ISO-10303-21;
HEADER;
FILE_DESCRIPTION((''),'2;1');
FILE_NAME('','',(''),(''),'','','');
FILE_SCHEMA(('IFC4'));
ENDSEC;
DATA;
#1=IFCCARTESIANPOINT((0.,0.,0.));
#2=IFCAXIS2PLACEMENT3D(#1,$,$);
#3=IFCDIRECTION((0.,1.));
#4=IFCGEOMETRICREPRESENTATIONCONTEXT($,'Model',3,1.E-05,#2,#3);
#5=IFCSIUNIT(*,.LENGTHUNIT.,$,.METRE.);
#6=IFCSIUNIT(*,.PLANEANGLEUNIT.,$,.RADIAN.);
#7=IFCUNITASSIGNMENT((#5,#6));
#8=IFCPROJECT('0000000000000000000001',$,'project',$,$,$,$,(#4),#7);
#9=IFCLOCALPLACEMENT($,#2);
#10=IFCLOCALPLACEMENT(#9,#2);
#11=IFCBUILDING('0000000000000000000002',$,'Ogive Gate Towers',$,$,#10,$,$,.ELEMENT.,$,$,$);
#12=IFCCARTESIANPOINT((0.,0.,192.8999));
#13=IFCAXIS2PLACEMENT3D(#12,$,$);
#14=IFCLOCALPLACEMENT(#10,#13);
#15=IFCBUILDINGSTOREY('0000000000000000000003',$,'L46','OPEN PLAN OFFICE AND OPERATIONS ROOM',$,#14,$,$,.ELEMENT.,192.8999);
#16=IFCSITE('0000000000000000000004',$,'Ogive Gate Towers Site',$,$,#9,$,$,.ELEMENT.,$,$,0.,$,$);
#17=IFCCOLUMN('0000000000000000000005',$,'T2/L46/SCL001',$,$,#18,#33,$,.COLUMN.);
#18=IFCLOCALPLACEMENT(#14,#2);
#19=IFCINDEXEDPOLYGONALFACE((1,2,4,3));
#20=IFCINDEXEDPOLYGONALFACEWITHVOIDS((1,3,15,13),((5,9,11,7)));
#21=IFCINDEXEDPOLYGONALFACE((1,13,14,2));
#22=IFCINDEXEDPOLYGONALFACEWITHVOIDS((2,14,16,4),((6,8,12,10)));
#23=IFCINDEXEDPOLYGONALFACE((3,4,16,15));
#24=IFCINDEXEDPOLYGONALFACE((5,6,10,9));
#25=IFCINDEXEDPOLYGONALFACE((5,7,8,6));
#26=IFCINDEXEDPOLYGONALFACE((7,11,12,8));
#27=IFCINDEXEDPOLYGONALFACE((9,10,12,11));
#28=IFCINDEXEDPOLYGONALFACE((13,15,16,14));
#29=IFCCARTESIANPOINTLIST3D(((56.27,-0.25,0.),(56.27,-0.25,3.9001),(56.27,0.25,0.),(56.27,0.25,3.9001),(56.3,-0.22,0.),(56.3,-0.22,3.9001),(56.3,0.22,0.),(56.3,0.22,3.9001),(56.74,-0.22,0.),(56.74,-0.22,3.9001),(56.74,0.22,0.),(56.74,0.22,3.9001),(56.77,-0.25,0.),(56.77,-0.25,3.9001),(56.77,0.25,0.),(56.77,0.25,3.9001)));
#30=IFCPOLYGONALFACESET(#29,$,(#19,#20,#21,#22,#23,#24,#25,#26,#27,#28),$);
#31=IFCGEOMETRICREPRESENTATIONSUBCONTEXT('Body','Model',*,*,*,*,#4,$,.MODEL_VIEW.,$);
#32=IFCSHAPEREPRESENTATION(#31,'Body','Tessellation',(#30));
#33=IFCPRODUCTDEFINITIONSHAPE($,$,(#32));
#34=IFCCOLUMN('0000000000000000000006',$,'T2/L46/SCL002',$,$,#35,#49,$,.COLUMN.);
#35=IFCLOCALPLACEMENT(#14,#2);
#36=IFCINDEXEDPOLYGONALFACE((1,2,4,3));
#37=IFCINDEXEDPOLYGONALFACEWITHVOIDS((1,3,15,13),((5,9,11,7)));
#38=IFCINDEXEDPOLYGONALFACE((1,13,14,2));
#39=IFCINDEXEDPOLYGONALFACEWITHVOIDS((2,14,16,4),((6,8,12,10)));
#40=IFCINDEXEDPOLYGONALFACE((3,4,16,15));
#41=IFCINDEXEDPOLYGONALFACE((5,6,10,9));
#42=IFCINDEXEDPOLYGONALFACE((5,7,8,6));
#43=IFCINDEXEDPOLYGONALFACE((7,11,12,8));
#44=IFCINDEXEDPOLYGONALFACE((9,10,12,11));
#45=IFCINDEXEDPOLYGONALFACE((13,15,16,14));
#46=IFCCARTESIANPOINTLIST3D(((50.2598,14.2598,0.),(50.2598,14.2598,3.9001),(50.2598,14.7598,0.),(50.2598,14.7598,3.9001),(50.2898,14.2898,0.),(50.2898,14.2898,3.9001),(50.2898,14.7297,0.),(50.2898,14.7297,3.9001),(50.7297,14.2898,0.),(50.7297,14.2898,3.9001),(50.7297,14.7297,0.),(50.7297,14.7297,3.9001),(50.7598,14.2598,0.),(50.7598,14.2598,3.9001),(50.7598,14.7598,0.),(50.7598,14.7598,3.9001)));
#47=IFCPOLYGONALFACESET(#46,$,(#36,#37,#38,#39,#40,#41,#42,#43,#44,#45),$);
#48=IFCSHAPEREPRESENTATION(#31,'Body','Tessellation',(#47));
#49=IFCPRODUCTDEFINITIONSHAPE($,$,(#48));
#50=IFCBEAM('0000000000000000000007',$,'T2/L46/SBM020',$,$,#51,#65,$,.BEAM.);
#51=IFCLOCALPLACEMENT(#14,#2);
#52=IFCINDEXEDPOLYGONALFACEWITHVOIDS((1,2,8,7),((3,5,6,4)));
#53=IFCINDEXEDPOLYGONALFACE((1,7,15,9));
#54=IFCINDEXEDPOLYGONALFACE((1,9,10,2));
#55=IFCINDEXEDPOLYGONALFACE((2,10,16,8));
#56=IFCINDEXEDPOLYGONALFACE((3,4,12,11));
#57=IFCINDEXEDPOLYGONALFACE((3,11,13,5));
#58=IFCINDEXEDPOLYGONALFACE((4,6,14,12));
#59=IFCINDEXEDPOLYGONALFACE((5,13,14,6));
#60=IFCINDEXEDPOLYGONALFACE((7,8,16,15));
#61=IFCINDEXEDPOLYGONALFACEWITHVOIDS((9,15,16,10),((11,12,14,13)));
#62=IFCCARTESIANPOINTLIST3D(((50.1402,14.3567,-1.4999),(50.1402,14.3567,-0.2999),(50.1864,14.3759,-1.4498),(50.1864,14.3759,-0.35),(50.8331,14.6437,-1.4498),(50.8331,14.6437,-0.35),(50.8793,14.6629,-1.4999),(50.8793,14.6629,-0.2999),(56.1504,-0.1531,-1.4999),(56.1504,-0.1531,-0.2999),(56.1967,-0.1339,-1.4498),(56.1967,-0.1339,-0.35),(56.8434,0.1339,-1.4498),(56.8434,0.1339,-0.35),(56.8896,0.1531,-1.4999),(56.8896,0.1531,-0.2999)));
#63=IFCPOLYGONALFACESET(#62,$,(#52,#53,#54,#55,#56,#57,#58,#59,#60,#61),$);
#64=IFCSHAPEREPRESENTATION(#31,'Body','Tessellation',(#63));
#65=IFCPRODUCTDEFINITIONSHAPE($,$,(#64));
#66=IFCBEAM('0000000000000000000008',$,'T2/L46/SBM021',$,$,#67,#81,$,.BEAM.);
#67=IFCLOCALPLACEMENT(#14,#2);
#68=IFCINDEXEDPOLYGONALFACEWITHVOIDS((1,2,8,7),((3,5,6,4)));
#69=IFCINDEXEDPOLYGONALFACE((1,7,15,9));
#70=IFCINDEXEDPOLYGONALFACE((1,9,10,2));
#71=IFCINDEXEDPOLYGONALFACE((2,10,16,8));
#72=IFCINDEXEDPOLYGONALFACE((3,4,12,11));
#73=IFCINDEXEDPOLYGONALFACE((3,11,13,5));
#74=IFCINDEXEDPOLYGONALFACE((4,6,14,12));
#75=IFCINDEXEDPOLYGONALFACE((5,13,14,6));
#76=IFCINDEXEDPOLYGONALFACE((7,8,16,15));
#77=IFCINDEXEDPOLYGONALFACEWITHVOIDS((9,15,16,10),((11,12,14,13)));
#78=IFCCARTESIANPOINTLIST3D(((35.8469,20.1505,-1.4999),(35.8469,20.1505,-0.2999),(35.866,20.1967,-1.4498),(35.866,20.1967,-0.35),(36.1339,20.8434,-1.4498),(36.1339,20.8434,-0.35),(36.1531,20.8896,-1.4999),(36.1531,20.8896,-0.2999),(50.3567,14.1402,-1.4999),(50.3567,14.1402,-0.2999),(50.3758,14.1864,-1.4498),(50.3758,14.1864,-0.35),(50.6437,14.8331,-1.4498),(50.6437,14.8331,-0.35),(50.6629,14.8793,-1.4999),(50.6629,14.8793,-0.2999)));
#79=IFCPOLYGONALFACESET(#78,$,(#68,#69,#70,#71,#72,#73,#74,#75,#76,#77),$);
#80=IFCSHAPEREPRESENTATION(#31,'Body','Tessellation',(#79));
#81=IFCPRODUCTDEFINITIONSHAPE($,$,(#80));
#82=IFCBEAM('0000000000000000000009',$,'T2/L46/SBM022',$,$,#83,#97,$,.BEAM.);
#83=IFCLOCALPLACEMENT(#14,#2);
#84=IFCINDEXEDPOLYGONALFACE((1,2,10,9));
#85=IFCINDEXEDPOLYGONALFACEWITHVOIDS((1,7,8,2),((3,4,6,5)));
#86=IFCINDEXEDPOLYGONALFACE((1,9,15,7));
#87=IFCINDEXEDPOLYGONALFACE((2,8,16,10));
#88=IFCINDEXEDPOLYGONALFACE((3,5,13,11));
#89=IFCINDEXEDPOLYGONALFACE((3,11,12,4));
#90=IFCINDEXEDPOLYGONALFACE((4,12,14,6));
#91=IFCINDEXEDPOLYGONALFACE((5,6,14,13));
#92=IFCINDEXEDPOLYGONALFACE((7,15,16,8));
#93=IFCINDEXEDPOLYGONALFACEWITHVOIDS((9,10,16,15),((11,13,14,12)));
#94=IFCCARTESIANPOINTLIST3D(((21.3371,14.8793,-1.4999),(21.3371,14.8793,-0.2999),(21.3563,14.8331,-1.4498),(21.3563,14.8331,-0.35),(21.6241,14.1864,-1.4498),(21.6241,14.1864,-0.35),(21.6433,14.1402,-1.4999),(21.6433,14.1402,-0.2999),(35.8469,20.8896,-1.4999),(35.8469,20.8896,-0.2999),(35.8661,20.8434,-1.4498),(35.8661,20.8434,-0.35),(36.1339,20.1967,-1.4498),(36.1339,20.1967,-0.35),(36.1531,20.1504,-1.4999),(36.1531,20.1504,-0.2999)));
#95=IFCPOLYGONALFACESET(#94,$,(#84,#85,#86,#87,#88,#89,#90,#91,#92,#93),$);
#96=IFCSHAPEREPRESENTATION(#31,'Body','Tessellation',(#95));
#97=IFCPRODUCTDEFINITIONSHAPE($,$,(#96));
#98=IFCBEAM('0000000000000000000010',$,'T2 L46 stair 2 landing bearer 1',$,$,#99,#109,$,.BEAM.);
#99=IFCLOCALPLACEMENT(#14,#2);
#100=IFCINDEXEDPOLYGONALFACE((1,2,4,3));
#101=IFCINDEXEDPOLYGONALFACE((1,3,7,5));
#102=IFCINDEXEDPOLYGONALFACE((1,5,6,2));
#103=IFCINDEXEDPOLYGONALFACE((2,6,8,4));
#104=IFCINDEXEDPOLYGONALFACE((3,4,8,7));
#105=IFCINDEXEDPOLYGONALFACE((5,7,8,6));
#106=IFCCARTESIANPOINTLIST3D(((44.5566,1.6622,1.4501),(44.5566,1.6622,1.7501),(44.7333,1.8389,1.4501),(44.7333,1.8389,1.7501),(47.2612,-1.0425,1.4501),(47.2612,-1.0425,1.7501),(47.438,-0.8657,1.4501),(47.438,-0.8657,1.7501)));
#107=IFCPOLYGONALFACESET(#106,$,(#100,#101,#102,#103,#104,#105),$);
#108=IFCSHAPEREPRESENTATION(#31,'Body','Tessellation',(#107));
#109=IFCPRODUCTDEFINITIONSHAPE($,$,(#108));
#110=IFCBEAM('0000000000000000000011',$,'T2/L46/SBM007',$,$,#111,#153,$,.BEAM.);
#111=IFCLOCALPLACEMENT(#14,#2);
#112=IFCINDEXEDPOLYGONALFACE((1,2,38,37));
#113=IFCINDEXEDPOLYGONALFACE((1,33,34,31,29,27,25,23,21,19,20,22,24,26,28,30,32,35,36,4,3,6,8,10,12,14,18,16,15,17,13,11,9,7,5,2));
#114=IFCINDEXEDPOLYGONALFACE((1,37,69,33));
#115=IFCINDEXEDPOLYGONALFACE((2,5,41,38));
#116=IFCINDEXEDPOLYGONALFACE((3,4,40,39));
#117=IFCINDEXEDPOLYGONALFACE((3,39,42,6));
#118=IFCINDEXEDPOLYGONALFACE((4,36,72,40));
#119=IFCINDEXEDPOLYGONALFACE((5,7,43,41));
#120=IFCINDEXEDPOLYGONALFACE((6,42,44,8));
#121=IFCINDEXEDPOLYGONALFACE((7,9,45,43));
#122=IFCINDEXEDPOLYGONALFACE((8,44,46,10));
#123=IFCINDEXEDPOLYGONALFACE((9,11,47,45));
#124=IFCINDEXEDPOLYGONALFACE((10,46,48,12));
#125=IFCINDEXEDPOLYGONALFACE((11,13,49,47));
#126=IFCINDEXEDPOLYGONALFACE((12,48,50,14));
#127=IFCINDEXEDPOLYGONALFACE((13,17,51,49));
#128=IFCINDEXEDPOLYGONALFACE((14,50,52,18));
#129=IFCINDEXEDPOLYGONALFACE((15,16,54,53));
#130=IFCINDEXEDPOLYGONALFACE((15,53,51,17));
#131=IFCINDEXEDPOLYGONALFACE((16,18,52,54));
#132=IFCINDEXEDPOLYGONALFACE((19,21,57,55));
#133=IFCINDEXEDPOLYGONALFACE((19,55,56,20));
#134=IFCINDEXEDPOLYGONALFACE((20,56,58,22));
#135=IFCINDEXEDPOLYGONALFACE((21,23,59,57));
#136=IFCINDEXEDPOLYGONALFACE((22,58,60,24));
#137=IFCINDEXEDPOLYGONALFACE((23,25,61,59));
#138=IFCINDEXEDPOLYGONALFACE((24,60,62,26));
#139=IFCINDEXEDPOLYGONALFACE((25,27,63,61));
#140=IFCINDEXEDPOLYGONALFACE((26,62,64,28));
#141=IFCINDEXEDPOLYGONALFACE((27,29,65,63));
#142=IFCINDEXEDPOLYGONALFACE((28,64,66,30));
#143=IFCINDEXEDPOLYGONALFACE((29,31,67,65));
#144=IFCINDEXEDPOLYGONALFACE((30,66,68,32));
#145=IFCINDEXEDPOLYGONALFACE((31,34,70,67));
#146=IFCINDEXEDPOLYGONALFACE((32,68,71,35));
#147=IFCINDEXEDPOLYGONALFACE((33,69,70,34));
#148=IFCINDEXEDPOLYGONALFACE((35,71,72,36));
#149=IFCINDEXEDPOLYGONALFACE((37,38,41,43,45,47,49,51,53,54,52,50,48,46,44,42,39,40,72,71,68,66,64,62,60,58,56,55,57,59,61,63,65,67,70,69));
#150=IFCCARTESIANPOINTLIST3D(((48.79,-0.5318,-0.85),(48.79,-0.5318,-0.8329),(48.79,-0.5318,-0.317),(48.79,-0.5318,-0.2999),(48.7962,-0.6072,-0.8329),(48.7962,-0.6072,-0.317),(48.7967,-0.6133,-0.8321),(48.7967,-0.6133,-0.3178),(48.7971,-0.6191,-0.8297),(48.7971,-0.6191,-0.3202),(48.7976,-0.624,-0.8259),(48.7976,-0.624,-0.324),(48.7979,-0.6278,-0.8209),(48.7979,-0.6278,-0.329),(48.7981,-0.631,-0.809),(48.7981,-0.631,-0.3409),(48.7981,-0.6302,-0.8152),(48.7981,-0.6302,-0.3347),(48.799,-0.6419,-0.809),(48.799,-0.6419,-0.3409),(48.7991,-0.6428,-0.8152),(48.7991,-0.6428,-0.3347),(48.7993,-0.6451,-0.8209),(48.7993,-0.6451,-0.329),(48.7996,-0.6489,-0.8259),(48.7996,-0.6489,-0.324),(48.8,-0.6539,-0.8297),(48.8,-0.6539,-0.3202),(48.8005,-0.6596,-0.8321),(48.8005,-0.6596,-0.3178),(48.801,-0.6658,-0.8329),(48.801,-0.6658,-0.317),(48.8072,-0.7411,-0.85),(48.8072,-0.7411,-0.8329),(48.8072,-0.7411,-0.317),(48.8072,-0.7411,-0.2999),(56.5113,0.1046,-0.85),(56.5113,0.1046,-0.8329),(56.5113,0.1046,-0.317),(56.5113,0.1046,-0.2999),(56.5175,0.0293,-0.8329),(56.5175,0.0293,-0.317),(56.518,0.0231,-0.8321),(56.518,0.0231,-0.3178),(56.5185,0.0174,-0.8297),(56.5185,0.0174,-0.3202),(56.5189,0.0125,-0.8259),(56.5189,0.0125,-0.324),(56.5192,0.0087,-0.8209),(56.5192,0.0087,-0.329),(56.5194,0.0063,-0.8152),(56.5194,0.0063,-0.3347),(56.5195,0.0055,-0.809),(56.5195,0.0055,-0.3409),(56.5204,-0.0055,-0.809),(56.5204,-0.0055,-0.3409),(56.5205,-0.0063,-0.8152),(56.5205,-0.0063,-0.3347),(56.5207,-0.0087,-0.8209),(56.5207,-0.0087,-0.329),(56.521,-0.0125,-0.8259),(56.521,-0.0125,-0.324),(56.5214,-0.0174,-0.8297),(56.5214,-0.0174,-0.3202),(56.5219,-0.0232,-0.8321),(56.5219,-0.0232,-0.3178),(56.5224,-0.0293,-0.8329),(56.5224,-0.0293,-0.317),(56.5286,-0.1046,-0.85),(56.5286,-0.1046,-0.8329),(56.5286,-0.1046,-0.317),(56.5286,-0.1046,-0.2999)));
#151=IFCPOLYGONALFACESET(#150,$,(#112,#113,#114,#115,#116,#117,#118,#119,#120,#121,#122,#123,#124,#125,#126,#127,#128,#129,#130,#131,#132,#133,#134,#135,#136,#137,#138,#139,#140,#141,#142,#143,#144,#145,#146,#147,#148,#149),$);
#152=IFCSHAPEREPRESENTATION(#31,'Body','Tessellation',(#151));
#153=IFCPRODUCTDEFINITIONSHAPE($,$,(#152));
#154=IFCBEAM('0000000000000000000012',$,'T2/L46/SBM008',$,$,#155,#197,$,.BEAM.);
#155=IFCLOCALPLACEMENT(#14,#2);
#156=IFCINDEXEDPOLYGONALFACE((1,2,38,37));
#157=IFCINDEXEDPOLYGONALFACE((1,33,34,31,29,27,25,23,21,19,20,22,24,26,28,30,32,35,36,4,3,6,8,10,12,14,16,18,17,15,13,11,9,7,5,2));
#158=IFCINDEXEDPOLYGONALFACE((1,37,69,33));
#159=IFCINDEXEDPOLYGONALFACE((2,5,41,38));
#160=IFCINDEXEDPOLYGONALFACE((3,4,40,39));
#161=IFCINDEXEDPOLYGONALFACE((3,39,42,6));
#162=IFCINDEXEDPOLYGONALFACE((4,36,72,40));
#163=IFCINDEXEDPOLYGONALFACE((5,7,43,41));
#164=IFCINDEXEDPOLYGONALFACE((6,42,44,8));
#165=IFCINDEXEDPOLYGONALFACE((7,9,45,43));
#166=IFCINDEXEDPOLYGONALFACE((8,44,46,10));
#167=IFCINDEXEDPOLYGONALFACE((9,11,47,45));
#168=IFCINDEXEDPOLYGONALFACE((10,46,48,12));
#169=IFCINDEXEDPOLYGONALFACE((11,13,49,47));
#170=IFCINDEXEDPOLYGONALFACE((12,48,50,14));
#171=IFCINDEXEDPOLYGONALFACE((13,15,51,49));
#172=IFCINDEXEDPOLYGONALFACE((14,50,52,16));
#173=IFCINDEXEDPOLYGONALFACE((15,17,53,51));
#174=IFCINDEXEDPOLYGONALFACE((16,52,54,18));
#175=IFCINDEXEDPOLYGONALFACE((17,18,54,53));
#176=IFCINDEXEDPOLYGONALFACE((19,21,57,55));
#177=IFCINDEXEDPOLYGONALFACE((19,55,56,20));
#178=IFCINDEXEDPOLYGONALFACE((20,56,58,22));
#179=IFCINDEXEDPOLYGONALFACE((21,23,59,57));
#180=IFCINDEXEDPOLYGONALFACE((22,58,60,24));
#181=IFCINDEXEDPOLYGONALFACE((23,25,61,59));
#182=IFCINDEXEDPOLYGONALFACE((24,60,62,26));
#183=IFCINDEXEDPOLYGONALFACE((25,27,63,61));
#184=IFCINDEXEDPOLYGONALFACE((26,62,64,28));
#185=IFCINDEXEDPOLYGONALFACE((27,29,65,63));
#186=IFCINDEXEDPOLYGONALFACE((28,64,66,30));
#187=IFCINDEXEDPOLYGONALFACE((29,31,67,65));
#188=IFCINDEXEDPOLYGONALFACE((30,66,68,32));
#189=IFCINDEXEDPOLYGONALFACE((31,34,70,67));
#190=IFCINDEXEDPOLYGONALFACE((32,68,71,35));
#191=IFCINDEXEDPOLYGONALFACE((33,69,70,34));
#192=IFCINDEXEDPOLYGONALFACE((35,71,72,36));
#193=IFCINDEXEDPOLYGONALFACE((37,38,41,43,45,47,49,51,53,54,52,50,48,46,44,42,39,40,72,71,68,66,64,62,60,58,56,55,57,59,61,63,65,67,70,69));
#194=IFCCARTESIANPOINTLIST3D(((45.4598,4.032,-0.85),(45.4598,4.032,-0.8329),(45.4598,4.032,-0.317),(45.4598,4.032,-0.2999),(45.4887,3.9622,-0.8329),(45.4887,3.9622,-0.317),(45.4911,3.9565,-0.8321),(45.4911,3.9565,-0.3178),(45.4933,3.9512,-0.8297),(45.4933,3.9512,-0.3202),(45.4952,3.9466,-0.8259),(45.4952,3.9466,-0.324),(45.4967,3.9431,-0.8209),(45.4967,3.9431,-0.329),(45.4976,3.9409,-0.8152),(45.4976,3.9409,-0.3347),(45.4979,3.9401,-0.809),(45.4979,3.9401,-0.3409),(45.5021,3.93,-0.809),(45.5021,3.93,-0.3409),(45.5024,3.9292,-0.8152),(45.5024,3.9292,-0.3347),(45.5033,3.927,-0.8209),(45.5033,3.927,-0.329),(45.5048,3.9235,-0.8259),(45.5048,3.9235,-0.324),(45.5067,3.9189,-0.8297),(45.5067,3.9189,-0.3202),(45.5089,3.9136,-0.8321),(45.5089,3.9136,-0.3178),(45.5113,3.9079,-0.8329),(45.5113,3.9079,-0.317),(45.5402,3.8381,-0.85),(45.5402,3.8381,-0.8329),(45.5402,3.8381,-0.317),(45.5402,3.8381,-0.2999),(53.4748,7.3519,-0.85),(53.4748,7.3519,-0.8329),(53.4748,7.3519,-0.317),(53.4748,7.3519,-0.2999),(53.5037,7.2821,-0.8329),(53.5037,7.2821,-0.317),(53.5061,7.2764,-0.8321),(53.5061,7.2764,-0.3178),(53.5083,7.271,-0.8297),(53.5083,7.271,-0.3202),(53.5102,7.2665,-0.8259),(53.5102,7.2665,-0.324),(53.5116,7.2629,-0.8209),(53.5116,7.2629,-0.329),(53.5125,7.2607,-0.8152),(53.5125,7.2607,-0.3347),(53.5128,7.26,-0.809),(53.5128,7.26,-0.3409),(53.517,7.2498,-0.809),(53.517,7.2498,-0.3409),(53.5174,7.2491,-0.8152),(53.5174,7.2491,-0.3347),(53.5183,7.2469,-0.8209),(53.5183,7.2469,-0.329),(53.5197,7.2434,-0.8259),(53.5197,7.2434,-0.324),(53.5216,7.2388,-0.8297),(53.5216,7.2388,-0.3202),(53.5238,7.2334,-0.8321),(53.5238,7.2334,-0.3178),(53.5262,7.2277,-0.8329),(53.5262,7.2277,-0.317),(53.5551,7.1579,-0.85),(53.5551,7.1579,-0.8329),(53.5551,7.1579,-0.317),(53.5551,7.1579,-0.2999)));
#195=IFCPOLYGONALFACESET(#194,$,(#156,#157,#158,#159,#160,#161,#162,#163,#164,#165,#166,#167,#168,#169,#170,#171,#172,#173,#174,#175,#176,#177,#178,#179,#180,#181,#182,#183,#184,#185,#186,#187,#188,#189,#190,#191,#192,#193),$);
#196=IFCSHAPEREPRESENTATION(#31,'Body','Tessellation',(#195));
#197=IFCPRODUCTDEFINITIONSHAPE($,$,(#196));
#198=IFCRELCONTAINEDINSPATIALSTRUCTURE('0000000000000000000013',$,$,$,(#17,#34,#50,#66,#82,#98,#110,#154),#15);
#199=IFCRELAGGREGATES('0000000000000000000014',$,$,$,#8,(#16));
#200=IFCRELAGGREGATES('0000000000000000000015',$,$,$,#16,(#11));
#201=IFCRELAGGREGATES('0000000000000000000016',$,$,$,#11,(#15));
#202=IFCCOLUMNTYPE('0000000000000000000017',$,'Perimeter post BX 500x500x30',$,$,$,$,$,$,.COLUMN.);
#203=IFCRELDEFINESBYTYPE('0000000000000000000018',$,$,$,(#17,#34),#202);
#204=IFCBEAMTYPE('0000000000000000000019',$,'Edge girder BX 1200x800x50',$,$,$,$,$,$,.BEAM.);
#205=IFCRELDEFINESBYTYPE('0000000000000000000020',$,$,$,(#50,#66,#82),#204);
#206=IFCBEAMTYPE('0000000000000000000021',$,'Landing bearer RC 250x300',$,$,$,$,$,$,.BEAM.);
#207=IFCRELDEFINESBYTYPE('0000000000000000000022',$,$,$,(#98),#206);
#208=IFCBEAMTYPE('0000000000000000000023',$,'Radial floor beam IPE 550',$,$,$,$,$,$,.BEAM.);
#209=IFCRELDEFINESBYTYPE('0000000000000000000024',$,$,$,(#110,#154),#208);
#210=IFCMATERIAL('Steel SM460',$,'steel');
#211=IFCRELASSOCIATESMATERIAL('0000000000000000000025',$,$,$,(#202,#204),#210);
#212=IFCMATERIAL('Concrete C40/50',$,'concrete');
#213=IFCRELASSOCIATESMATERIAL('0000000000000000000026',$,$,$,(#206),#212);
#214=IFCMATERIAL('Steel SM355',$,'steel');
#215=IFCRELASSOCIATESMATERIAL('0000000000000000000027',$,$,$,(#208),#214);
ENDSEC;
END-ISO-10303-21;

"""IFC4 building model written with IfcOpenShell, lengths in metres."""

from ifc_helpers import new_model, si_unit, direction, frame, origin, origin_2d, place, context, subcontext, project, spatial, rectangle, hollow_rectangle, i_section, extrude, material, material_profile, profile_set, type_object, element, save


model = new_model("IFC4")

# Units and contexts
model_context = context("Model", 3, precision=1e-05, world=origin(), true_north=direction((0.0, 1.0)))
body_context = subcontext(model_context, "Body", "Model", "MODEL_VIEW")
ifc_project = project(units=[si_unit("LENGTHUNIT", "METRE"), si_unit("PLANEANGLEUNIT", "RADIAN")], contexts=[model_context])

# Site, building, storey
site_placement = place(None, origin())
site = spatial("IfcSite", under=ifc_project, at=site_placement, Name="Ogive Gate Towers Site", CompositionType="ELEMENT", RefElevation=0.0)
building_placement = place(site_placement, origin())
building = spatial("IfcBuilding", under=site, at=building_placement, Name="Ogive Gate Towers", CompositionType="ELEMENT")
storey_placement = place(building_placement, frame((0.0, 0.0, 192.8999)))
storey = spatial("IfcBuildingStorey", under=building, at=storey_placement, Name="L46", Description="OPEN PLAN OFFICE AND OPERATIONS ROOM", CompositionType="ELEMENT", Elevation=192.8999)

# Columns
ifc_material_1 = material(Name="Steel SM460", Category="steel")
ifc_material_profile_1 = material_profile(ifc_material_1, hollow_rectangle(XDim=0.5, YDim=0.5, WallThickness=0.03, at=origin_2d()), Name="BX 500x500x30")
ifc_profile_set_1 = profile_set([ifc_material_profile_1], Name="Steel SM460")
column_type = type_object("IfcColumnType", Name="Perimeter post BX 500x500x30", PredefinedType="COLUMN", material=ifc_profile_set_1)
for number, where, z_axis, x_axis, name in (
    (1, (56.52, 0.0, 0.0), (0.0, 0.0, 1.0), (1.0, 0.0, 0.0), "T2/L46/SCL001"),
    (2, (50.5098, 14.5098, 0.0), (0.0, 0.0, 1.0), (1.0, 0.0, 0.0), "T2/L46/SCL002"),
):
    element("IfcColumn", number, at=place(storey_placement, frame(where, z_axis=z_axis, x_axis=x_axis)), inside=storey, type_object=column_type, Name=name, PredefinedType="COLUMN", context=body_context, shape_type="SweptSolid", body=[
        extrude(hollow_rectangle(XDim=0.5, YDim=0.5, WallThickness=0.03, at=origin_2d()), origin(), (0.0, 0.0, 1.0), 3.9001),
    ])

# Beams
ifc_material_profile_2 = material_profile(ifc_material_1, hollow_rectangle(XDim=0.8, YDim=1.2, WallThickness=0.05, at=origin_2d()), Name="BX 1200x800x50")
ifc_profile_set_2 = profile_set([ifc_material_profile_2], Name="Steel SM460")
beam_type_1 = type_object("IfcBeamType", Name="Edge girder BX 1200x800x50", PredefinedType="BEAM", material=ifc_profile_set_2)
for number, where, z_axis, x_axis, name in (
    (3, (56.52, 0.0, -0.8999), (-0.38269, 0.923877, 0.0), (-0.923877, -0.38269, 0.0), "T2/L46/SBM020"),
    (4, (50.5098, 14.5098, -0.8999), (-0.923877, 0.38269, 0.0), (-0.38269, -0.923877, 0.0), "T2/L46/SBM021"),
    (5, (36.0, 20.52, -0.8999), (-0.923877, -0.38269, 0.0), (0.38269, -0.923877, 0.0), "T2/L46/SBM022"),
):
    element("IfcBeam", number, at=place(storey_placement, frame(where, z_axis=z_axis, x_axis=x_axis)), inside=storey, type_object=beam_type_1, Name=name, PredefinedType="BEAM", context=body_context, shape_type="SweptSolid", body=[
        extrude(hollow_rectangle(XDim=0.8, YDim=1.2, WallThickness=0.05, at=origin_2d()), origin(), (0.0, 0.0, 1.0), 15.7053),
    ])
ifc_material_2 = material(Name="Concrete C40/50", Category="concrete")
ifc_material_profile_3 = material_profile(ifc_material_2, rectangle(XDim=0.25, YDim=0.3, at=origin_2d()), Name="RC 250x300")
ifc_profile_set_3 = profile_set([ifc_material_profile_3], Name="Concrete C40/50")
beam_type_2 = type_object("IfcBeamType", Name="Landing bearer RC 250x300", PredefinedType="BEAM", material=ifc_profile_set_3)
beam_1_placement = place(storey_placement, frame((47.3496, -0.9541, 1.6001), z_axis=(-0.707107, 0.707107, 0.0), x_axis=(-0.707107, -0.707107, 0.0)))
element("IfcBeam", 6, at=beam_1_placement, inside=storey, type_object=beam_type_2, Name="T2 L46 stair 2 landing bearer 1", PredefinedType="BEAM", context=body_context, shape_type="SweptSolid", body=[
    extrude(rectangle(XDim=0.25, YDim=0.3, at=origin_2d()), origin(), (0.0, 0.0, 1.0), 3.825),
])
ifc_material_3 = material(Name="Steel SM355", Category="steel")
ifc_material_profile_4 = material_profile(ifc_material_3, i_section(OverallWidth=0.21, OverallDepth=0.55, WebThickness=0.011, FlangeThickness=0.0171, FilletRadius=0.0239, at=origin_2d()), Name="IPE 550")
ifc_profile_set_4 = profile_set([ifc_material_profile_4], Name="Steel SM355")
beam_type_3 = type_object("IfcBeamType", Name="Radial floor beam IPE 550", PredefinedType="BEAM", material=ifc_profile_set_4)
beam_2_placement = place(storey_placement, frame((48.7986, -0.6365, -0.575), z_axis=(0.99662, 0.082151, 0.0), x_axis=(-0.082151, 0.99662, 0.0)))
element("IfcBeam", 7, at=beam_2_placement, inside=storey, type_object=beam_type_3, Name="T2/L46/SBM007", PredefinedType="BEAM", context=body_context, shape_type="SweptSolid", body=[
    extrude(i_section(OverallWidth=0.21, OverallDepth=0.55, WebThickness=0.011, FlangeThickness=0.0171, FilletRadius=0.0239, at=origin_2d()), origin(), (0.0, 0.0, 1.0), 7.7476),
])
for number, where, z_axis, x_axis, name in (
    (8, (45.5, 3.9351, -0.575), (0.923882, 0.382678, 0.0), (-0.382678, 0.923882, 0.0), "T2/L46/SBM008"),
):
    element("IfcBeam", number, at=place(storey_placement, frame(where, z_axis=z_axis, x_axis=x_axis)), inside=storey, type_object=beam_type_3, Name=name, PredefinedType="BEAM", context=body_context, shape_type="SweptSolid", body=[
        extrude(i_section(OverallWidth=0.21, OverallDepth=0.55, WebThickness=0.011, FlangeThickness=0.0171, FilletRadius=0.0239, at=origin_2d()), origin(), (0.0, 0.0, 1.0), 8.6753),
    ])

save(model, "model.ifc")
